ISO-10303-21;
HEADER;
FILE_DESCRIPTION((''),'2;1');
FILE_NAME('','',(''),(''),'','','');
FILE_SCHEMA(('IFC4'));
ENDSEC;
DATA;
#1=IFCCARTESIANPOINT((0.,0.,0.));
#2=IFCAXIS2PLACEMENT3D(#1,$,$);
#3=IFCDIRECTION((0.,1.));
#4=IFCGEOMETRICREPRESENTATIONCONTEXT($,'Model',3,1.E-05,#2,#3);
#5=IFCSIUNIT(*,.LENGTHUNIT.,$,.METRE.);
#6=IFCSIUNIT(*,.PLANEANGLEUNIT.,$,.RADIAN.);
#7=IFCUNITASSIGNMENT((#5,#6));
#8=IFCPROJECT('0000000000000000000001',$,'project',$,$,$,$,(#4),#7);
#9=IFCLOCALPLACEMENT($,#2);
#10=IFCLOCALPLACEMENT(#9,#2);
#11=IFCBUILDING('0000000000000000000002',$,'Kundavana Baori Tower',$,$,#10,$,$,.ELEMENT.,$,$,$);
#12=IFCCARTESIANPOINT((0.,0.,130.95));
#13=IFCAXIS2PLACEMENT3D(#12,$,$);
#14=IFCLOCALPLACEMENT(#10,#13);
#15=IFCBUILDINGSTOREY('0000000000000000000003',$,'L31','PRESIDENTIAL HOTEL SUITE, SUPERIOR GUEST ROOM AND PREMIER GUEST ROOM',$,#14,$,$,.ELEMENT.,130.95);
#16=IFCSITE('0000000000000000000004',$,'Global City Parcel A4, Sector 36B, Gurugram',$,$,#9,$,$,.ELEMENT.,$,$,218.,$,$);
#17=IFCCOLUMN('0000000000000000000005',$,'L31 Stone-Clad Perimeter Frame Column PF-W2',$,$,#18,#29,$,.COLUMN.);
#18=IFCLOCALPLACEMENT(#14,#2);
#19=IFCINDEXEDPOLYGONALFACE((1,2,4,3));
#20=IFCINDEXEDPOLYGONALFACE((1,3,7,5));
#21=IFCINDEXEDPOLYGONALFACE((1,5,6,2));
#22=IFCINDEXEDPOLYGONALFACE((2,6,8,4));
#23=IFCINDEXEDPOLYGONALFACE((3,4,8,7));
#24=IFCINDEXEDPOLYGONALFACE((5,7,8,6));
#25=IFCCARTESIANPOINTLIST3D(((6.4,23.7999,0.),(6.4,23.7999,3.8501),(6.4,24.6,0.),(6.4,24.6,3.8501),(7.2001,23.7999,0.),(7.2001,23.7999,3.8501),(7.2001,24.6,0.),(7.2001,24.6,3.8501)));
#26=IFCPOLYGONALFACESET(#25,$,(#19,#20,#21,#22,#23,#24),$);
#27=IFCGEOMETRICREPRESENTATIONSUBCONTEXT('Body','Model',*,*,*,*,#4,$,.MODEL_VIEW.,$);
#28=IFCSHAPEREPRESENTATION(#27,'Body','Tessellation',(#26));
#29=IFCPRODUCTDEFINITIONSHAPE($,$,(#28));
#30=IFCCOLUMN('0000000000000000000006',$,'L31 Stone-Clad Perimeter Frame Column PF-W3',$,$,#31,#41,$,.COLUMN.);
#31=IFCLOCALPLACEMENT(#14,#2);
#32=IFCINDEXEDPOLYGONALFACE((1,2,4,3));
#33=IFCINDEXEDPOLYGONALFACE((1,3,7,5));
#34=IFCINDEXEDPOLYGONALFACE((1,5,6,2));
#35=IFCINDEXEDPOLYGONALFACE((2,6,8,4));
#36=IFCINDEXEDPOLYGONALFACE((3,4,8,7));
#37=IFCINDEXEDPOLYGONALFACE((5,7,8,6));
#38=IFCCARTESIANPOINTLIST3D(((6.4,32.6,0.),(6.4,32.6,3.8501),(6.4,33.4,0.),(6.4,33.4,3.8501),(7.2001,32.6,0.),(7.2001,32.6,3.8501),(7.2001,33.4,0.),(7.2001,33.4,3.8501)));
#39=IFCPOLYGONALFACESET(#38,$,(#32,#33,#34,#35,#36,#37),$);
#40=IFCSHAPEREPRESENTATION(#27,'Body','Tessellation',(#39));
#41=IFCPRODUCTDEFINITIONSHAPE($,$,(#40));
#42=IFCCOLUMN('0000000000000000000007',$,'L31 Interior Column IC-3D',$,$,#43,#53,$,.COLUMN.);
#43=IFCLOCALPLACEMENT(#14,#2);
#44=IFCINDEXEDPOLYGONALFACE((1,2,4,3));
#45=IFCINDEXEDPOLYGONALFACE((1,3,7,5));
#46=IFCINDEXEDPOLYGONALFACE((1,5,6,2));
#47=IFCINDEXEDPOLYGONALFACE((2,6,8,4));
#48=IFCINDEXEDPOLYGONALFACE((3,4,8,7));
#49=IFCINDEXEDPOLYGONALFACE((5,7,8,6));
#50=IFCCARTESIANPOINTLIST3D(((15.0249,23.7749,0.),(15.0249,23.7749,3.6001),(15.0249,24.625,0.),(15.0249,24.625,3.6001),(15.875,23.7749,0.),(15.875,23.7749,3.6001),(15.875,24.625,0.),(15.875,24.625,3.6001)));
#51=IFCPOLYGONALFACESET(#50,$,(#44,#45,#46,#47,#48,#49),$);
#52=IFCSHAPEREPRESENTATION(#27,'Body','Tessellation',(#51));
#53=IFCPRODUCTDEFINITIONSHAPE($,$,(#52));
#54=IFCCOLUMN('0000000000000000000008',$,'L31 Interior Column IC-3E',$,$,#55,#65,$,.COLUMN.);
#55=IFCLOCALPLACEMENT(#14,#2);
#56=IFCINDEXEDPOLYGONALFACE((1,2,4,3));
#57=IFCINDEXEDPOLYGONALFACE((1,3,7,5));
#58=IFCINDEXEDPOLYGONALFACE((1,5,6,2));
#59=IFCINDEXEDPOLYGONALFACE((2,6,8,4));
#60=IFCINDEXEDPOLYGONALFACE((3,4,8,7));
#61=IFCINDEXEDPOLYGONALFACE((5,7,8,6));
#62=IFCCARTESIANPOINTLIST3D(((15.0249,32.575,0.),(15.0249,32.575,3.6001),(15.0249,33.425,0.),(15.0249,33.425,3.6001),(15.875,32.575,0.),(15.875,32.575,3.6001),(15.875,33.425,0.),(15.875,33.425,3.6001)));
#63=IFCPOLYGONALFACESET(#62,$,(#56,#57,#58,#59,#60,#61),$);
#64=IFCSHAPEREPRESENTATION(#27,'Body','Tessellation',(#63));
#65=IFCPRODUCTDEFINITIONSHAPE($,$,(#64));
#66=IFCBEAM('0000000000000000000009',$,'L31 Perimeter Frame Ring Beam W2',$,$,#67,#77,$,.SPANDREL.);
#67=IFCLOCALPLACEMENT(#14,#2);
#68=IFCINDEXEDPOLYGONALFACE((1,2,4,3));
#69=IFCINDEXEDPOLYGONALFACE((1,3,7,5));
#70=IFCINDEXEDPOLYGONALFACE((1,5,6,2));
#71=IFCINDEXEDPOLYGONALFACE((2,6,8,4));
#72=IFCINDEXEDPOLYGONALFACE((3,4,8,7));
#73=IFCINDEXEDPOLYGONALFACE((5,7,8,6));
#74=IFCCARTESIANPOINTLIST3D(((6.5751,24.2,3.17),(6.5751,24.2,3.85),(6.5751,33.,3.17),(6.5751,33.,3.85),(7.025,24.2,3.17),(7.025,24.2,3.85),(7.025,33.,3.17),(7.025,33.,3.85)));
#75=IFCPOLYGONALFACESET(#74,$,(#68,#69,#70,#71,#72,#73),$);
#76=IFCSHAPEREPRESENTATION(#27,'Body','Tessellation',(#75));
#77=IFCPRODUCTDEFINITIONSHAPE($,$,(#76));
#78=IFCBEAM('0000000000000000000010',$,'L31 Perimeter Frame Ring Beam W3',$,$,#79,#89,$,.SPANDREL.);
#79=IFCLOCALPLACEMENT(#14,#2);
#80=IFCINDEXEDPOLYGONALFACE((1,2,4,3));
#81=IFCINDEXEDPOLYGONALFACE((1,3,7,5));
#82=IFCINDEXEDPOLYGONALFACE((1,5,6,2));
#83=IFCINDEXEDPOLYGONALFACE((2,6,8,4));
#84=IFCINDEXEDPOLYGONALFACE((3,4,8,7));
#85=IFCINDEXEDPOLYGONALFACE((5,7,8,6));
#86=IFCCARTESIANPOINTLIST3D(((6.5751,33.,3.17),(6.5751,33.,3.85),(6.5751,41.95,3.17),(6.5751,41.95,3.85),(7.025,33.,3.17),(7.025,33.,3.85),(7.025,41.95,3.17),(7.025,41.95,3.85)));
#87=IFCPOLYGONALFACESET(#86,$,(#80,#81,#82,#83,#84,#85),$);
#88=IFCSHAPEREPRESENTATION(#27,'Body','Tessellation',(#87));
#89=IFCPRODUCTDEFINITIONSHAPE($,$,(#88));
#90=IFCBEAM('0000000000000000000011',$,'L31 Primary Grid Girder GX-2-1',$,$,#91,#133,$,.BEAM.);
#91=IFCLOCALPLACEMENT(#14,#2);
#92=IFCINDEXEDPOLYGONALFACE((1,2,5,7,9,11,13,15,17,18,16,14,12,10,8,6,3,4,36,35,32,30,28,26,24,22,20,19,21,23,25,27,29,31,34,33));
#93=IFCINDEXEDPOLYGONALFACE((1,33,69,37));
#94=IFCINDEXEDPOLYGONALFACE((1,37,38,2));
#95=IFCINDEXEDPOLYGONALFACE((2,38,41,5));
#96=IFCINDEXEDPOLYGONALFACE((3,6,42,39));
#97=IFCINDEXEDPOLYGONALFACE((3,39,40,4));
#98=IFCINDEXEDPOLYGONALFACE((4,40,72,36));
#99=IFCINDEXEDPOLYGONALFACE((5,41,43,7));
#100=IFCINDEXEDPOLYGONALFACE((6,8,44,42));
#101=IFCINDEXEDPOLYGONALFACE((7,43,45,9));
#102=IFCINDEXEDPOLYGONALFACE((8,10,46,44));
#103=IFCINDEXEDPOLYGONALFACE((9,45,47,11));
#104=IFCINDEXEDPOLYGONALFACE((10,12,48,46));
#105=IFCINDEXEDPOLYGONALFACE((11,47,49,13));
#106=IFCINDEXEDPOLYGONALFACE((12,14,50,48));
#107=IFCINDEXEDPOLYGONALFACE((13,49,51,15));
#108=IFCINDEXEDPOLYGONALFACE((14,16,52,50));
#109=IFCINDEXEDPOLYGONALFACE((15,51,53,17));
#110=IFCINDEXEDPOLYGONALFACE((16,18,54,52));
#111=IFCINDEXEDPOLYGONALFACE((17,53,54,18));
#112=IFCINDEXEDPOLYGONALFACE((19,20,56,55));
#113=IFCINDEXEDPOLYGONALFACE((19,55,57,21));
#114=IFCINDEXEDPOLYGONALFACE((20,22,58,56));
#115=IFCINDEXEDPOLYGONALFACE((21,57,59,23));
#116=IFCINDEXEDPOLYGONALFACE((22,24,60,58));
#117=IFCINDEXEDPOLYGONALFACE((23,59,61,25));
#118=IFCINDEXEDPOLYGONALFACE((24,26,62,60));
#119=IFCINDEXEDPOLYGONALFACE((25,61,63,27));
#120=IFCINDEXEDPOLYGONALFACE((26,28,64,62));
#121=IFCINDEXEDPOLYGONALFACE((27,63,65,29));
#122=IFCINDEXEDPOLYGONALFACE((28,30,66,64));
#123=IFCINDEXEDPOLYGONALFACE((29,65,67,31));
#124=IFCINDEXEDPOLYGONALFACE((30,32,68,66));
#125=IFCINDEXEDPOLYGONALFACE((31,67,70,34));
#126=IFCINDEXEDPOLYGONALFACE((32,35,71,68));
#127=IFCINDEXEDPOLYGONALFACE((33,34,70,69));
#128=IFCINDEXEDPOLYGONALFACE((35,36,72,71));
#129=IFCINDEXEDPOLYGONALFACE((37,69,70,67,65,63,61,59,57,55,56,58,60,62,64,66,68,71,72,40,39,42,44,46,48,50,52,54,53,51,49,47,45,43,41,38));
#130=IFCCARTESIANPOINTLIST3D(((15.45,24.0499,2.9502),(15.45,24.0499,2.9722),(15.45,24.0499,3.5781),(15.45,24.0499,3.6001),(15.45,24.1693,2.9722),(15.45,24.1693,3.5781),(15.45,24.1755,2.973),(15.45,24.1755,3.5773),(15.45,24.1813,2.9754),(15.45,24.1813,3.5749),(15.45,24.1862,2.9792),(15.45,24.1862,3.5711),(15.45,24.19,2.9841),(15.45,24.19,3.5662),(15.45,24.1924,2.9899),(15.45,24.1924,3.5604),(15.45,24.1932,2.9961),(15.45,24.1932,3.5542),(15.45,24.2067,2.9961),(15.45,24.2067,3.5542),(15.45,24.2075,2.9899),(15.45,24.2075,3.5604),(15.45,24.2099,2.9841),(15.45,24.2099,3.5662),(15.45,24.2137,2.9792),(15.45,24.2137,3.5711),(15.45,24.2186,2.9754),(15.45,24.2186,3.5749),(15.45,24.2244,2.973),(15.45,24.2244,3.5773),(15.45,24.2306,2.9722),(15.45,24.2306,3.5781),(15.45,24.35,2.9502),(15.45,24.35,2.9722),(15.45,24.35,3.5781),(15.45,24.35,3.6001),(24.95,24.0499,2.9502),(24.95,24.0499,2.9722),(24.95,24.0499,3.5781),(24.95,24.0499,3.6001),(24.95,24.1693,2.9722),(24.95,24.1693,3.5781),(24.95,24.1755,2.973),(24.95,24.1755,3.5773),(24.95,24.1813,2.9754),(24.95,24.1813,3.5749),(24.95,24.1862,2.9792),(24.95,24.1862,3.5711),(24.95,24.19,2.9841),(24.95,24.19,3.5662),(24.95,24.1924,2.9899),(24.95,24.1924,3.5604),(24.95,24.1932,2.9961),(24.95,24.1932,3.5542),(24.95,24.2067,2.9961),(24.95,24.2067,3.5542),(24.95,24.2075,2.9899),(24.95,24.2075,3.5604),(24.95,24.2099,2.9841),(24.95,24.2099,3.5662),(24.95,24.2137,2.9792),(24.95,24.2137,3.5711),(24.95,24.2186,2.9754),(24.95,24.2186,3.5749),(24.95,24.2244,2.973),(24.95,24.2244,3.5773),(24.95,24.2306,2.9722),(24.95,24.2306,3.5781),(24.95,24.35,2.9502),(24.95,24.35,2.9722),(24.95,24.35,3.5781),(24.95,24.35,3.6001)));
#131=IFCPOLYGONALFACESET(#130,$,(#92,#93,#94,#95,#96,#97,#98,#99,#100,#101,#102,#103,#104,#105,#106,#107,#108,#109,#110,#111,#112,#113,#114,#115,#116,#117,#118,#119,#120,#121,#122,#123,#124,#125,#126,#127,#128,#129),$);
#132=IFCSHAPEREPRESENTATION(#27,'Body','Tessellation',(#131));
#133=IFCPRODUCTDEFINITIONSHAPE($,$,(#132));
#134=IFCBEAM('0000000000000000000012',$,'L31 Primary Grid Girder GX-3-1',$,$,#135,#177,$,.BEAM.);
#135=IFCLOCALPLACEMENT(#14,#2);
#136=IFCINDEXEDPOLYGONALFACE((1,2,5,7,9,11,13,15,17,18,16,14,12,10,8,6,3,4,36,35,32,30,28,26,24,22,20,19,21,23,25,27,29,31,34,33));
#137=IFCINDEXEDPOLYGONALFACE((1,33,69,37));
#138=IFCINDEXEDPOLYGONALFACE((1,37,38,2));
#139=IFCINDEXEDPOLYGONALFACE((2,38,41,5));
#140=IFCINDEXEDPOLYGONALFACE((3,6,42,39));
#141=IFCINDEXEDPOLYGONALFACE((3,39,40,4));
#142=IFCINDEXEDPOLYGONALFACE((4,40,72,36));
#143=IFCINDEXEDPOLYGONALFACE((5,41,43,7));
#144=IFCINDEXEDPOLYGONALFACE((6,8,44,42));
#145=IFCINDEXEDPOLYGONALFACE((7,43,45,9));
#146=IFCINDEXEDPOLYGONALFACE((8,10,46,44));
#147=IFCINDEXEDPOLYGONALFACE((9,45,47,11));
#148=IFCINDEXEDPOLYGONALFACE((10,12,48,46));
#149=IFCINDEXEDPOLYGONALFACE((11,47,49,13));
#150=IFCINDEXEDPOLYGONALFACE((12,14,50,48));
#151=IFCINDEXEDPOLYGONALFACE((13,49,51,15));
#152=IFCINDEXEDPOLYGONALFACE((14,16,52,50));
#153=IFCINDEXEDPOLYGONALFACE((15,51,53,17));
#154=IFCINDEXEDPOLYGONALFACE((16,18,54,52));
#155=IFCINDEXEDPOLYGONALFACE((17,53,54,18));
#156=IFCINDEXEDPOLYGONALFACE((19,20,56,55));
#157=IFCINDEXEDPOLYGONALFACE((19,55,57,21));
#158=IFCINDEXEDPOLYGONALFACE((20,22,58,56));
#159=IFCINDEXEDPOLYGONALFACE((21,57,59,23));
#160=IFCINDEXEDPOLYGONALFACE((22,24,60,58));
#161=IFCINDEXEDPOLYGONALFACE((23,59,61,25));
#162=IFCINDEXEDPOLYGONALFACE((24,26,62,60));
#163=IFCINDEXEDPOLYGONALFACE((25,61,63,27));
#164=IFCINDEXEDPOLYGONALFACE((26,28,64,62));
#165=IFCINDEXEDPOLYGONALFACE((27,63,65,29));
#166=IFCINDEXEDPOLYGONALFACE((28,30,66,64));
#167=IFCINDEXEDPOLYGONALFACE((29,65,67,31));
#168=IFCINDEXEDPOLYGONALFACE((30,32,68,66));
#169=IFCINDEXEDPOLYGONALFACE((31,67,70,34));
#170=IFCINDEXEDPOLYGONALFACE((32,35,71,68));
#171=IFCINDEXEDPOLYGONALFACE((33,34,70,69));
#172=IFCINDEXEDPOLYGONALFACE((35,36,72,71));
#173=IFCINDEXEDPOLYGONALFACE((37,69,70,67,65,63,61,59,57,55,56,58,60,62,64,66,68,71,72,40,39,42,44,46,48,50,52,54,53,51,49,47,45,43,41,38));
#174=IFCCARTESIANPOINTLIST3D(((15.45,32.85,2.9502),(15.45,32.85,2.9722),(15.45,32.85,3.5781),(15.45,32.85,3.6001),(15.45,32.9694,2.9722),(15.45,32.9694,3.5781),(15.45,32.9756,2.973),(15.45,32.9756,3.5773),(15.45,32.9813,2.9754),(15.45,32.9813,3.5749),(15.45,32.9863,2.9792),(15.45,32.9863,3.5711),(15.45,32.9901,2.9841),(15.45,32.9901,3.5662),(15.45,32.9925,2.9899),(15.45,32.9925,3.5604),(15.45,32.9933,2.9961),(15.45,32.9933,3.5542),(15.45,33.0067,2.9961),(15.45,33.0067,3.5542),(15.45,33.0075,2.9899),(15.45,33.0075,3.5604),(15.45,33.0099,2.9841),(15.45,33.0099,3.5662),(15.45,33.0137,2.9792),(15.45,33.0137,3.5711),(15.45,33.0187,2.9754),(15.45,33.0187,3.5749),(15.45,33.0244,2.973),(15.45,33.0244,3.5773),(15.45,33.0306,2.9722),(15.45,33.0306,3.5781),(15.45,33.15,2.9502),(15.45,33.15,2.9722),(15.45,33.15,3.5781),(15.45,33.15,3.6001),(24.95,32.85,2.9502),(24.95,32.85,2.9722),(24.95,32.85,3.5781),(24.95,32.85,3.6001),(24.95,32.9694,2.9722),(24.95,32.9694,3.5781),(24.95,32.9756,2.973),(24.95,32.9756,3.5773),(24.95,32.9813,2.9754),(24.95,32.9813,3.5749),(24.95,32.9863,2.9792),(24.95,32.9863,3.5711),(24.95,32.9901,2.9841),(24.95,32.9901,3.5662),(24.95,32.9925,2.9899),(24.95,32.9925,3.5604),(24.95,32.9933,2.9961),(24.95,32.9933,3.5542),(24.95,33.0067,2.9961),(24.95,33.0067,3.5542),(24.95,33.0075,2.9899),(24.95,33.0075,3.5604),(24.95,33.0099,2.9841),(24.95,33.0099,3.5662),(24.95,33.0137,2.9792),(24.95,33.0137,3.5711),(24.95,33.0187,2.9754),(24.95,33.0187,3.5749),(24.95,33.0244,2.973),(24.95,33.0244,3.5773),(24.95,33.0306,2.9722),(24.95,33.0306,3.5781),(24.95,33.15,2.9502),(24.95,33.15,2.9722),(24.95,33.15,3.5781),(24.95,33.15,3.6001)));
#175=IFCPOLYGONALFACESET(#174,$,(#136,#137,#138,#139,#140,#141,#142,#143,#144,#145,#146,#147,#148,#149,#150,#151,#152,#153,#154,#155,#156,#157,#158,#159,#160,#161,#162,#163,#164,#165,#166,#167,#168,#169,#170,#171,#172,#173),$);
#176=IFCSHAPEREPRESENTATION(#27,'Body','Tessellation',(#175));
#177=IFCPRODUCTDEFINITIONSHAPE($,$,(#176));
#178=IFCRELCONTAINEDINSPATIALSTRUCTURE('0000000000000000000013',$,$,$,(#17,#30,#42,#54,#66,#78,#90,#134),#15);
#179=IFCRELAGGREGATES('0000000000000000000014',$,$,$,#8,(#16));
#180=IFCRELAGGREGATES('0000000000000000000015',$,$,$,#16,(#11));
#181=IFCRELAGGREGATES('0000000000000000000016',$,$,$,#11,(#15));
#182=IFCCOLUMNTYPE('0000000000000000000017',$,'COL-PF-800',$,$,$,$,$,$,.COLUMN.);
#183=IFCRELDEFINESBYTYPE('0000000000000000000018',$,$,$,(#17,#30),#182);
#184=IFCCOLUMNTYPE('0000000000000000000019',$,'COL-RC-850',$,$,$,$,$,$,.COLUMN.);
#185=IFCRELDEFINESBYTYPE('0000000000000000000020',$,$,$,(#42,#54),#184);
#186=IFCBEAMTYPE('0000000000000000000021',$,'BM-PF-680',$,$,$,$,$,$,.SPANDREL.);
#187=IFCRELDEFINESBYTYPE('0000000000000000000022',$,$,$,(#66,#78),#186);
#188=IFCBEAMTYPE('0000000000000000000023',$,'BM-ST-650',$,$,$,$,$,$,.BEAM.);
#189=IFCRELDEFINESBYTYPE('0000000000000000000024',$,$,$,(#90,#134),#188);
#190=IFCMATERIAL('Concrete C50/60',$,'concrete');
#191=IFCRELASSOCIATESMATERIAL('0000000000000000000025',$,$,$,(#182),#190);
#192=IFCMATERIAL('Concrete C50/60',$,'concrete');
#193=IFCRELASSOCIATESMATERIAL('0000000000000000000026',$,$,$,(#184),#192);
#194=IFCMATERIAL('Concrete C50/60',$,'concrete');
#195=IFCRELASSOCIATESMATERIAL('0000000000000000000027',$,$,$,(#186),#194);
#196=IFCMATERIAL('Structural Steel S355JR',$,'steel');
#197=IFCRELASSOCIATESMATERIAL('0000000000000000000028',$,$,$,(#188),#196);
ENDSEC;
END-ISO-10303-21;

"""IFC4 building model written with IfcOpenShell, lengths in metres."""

from ifc_helpers import new_model, si_unit, direction, frame, origin, origin_2d, place, context, subcontext, project, spatial, rectangle, i_section, extrude, material, material_profile, profile_set, type_object, element, save


model = new_model("IFC4")

# Units and contexts
model_context = context("Model", 3, precision=1e-05, world=origin(), true_north=direction((0.0, 1.0)))
body_context = subcontext(model_context, "Body", "Model", "MODEL_VIEW")
ifc_project = project(units=[si_unit("LENGTHUNIT", "METRE"), si_unit("PLANEANGLEUNIT", "RADIAN")], contexts=[model_context])

# Site, building, storey
site_placement = place(None, origin())
site = spatial("IfcSite", under=ifc_project, at=site_placement, Name="Global City Parcel A4, Sector 36B, Gurugram", CompositionType="ELEMENT", RefElevation=218.0)
building_placement = place(site_placement, origin())
building = spatial("IfcBuilding", under=site, at=building_placement, Name="Kundavana Baori Tower", CompositionType="ELEMENT")
storey_placement = place(building_placement, frame((0.0, 0.0, 130.95)))
storey = spatial("IfcBuildingStorey", under=building, at=storey_placement, Name="L31", Description="PRESIDENTIAL HOTEL SUITE, SUPERIOR GUEST ROOM AND PREMIER GUEST ROOM", CompositionType="ELEMENT", Elevation=130.95)

# Columns
ifc_material_1 = material(Name="Concrete C50/60", Category="concrete")
ifc_material_profile_1 = material_profile(ifc_material_1, rectangle(XDim=0.8, YDim=0.8, at=origin_2d()), Name="RC PF 800x800")
ifc_profile_set_1 = profile_set([ifc_material_profile_1], Name="Concrete C50/60")
column_type_1 = type_object("IfcColumnType", Name="COL-PF-800", PredefinedType="COLUMN", material=ifc_profile_set_1)
for number, where, z_axis, x_axis, name in (
    (1, (6.8, 24.2, 0.0), (0.0, 0.0, 1.0), (1.0, 0.0, 0.0), "L31 Stone-Clad Perimeter Frame Column PF-W2"),
    (2, (6.8, 33.0, 0.0), (0.0, 0.0, 1.0), (1.0, 0.0, 0.0), "L31 Stone-Clad Perimeter Frame Column PF-W3"),
):
    element("IfcColumn", number, at=place(storey_placement, frame(where, z_axis=z_axis, x_axis=x_axis)), inside=storey, type_object=column_type_1, Name=name, PredefinedType="COLUMN", context=body_context, shape_type="SweptSolid", body=[
        extrude(rectangle(XDim=0.8, YDim=0.8, at=origin_2d()), origin(), (0.0, 0.0, 1.0), 3.8501),
    ])
ifc_material_2 = material(Name="Concrete C50/60", Category="concrete")
ifc_material_profile_2 = material_profile(ifc_material_2, rectangle(XDim=0.8501, YDim=0.8501, at=origin_2d()), Name="RC 850x850")
ifc_profile_set_2 = profile_set([ifc_material_profile_2], Name="Concrete C50/60")
column_type_2 = type_object("IfcColumnType", Name="COL-RC-850", PredefinedType="COLUMN", material=ifc_profile_set_2)
for number, where, z_axis, x_axis, name in (
    (3, (15.45, 24.2, 0.0), (0.0, 0.0, 1.0), (1.0, 0.0, 0.0), "L31 Interior Column IC-3D"),
    (4, (15.45, 33.0, 0.0), (0.0, 0.0, 1.0), (1.0, 0.0, 0.0), "L31 Interior Column IC-3E"),
):
    element("IfcColumn", number, at=place(storey_placement, frame(where, z_axis=z_axis, x_axis=x_axis)), inside=storey, type_object=column_type_2, Name=name, PredefinedType="COLUMN", context=body_context, shape_type="SweptSolid", body=[
        extrude(rectangle(XDim=0.8501, YDim=0.8501, at=origin_2d()), origin(), (0.0, 0.0, 1.0), 3.6001),
    ])

# Beams
ifc_material_3 = material(Name="Concrete C50/60", Category="concrete")
ifc_material_profile_3 = material_profile(ifc_material_3, rectangle(XDim=0.45, YDim=0.6799, at=origin_2d()), Name="RC BM 450x680")
ifc_profile_set_3 = profile_set([ifc_material_profile_3], Name="Concrete C50/60")
beam_type_1 = type_object("IfcBeamType", Name="BM-PF-680", PredefinedType="SPANDREL", material=ifc_profile_set_3)
beam_1_placement = place(storey_placement, frame((6.8, 24.2, 3.51), z_axis=(0.0, 1.0, 0.0), x_axis=(-1.0, 0.0, 0.0)))
element("IfcBeam", 5, at=beam_1_placement, inside=storey, type_object=beam_type_1, Name="L31 Perimeter Frame Ring Beam W2", PredefinedType="SPANDREL", context=body_context, shape_type="SweptSolid", body=[
    extrude(rectangle(XDim=0.45, YDim=0.6799, at=origin_2d()), origin(), (0.0, 0.0, 1.0), 8.8),
])
beam_2_placement = place(storey_placement, frame((6.8, 33.0, 3.51), z_axis=(0.0, 1.0, 0.0), x_axis=(-1.0, 0.0, 0.0)))
element("IfcBeam", 6, at=beam_2_placement, inside=storey, type_object=beam_type_1, Name="L31 Perimeter Frame Ring Beam W3", PredefinedType="SPANDREL", context=body_context, shape_type="SweptSolid", body=[
    extrude(rectangle(XDim=0.45, YDim=0.6799, at=origin_2d()), origin(), (0.0, 0.0, 1.0), 8.95),
])
ifc_material_4 = material(Name="Structural Steel S355JR", Category="steel")
ifc_material_profile_4 = material_profile(ifc_material_4, i_section(OverallWidth=0.3, OverallDepth=0.6499, WebThickness=0.0134, FlangeThickness=0.022, FilletRadius=0.0239, at=origin_2d()), Name="NPB 650x300x155")
ifc_profile_set_4 = profile_set([ifc_material_profile_4], Name="Structural Steel S355JR")
beam_type_2 = type_object("IfcBeamType", Name="BM-ST-650", PredefinedType="BEAM", material=ifc_profile_set_4)
for number, where, z_axis, x_axis, name in (
    (7, (15.45, 24.2, 3.2751), (1.0, 0.0, 0.0), (0.0, 1.0, 0.0), "L31 Primary Grid Girder GX-2-1"),
    (8, (15.45, 33.0, 3.2751), (1.0, 0.0, 0.0), (0.0, 1.0, 0.0), "L31 Primary Grid Girder GX-3-1"),
):
    element("IfcBeam", number, at=place(storey_placement, frame(where, z_axis=z_axis, x_axis=x_axis)), inside=storey, type_object=beam_type_2, Name=name, PredefinedType="BEAM", context=body_context, shape_type="SweptSolid", body=[
        extrude(i_section(OverallWidth=0.3, OverallDepth=0.6499, WebThickness=0.0134, FlangeThickness=0.022, FilletRadius=0.0239, at=origin_2d()), origin(), (0.0, 0.0, 1.0), 9.5),
    ])

save(model, "model.ifc")
